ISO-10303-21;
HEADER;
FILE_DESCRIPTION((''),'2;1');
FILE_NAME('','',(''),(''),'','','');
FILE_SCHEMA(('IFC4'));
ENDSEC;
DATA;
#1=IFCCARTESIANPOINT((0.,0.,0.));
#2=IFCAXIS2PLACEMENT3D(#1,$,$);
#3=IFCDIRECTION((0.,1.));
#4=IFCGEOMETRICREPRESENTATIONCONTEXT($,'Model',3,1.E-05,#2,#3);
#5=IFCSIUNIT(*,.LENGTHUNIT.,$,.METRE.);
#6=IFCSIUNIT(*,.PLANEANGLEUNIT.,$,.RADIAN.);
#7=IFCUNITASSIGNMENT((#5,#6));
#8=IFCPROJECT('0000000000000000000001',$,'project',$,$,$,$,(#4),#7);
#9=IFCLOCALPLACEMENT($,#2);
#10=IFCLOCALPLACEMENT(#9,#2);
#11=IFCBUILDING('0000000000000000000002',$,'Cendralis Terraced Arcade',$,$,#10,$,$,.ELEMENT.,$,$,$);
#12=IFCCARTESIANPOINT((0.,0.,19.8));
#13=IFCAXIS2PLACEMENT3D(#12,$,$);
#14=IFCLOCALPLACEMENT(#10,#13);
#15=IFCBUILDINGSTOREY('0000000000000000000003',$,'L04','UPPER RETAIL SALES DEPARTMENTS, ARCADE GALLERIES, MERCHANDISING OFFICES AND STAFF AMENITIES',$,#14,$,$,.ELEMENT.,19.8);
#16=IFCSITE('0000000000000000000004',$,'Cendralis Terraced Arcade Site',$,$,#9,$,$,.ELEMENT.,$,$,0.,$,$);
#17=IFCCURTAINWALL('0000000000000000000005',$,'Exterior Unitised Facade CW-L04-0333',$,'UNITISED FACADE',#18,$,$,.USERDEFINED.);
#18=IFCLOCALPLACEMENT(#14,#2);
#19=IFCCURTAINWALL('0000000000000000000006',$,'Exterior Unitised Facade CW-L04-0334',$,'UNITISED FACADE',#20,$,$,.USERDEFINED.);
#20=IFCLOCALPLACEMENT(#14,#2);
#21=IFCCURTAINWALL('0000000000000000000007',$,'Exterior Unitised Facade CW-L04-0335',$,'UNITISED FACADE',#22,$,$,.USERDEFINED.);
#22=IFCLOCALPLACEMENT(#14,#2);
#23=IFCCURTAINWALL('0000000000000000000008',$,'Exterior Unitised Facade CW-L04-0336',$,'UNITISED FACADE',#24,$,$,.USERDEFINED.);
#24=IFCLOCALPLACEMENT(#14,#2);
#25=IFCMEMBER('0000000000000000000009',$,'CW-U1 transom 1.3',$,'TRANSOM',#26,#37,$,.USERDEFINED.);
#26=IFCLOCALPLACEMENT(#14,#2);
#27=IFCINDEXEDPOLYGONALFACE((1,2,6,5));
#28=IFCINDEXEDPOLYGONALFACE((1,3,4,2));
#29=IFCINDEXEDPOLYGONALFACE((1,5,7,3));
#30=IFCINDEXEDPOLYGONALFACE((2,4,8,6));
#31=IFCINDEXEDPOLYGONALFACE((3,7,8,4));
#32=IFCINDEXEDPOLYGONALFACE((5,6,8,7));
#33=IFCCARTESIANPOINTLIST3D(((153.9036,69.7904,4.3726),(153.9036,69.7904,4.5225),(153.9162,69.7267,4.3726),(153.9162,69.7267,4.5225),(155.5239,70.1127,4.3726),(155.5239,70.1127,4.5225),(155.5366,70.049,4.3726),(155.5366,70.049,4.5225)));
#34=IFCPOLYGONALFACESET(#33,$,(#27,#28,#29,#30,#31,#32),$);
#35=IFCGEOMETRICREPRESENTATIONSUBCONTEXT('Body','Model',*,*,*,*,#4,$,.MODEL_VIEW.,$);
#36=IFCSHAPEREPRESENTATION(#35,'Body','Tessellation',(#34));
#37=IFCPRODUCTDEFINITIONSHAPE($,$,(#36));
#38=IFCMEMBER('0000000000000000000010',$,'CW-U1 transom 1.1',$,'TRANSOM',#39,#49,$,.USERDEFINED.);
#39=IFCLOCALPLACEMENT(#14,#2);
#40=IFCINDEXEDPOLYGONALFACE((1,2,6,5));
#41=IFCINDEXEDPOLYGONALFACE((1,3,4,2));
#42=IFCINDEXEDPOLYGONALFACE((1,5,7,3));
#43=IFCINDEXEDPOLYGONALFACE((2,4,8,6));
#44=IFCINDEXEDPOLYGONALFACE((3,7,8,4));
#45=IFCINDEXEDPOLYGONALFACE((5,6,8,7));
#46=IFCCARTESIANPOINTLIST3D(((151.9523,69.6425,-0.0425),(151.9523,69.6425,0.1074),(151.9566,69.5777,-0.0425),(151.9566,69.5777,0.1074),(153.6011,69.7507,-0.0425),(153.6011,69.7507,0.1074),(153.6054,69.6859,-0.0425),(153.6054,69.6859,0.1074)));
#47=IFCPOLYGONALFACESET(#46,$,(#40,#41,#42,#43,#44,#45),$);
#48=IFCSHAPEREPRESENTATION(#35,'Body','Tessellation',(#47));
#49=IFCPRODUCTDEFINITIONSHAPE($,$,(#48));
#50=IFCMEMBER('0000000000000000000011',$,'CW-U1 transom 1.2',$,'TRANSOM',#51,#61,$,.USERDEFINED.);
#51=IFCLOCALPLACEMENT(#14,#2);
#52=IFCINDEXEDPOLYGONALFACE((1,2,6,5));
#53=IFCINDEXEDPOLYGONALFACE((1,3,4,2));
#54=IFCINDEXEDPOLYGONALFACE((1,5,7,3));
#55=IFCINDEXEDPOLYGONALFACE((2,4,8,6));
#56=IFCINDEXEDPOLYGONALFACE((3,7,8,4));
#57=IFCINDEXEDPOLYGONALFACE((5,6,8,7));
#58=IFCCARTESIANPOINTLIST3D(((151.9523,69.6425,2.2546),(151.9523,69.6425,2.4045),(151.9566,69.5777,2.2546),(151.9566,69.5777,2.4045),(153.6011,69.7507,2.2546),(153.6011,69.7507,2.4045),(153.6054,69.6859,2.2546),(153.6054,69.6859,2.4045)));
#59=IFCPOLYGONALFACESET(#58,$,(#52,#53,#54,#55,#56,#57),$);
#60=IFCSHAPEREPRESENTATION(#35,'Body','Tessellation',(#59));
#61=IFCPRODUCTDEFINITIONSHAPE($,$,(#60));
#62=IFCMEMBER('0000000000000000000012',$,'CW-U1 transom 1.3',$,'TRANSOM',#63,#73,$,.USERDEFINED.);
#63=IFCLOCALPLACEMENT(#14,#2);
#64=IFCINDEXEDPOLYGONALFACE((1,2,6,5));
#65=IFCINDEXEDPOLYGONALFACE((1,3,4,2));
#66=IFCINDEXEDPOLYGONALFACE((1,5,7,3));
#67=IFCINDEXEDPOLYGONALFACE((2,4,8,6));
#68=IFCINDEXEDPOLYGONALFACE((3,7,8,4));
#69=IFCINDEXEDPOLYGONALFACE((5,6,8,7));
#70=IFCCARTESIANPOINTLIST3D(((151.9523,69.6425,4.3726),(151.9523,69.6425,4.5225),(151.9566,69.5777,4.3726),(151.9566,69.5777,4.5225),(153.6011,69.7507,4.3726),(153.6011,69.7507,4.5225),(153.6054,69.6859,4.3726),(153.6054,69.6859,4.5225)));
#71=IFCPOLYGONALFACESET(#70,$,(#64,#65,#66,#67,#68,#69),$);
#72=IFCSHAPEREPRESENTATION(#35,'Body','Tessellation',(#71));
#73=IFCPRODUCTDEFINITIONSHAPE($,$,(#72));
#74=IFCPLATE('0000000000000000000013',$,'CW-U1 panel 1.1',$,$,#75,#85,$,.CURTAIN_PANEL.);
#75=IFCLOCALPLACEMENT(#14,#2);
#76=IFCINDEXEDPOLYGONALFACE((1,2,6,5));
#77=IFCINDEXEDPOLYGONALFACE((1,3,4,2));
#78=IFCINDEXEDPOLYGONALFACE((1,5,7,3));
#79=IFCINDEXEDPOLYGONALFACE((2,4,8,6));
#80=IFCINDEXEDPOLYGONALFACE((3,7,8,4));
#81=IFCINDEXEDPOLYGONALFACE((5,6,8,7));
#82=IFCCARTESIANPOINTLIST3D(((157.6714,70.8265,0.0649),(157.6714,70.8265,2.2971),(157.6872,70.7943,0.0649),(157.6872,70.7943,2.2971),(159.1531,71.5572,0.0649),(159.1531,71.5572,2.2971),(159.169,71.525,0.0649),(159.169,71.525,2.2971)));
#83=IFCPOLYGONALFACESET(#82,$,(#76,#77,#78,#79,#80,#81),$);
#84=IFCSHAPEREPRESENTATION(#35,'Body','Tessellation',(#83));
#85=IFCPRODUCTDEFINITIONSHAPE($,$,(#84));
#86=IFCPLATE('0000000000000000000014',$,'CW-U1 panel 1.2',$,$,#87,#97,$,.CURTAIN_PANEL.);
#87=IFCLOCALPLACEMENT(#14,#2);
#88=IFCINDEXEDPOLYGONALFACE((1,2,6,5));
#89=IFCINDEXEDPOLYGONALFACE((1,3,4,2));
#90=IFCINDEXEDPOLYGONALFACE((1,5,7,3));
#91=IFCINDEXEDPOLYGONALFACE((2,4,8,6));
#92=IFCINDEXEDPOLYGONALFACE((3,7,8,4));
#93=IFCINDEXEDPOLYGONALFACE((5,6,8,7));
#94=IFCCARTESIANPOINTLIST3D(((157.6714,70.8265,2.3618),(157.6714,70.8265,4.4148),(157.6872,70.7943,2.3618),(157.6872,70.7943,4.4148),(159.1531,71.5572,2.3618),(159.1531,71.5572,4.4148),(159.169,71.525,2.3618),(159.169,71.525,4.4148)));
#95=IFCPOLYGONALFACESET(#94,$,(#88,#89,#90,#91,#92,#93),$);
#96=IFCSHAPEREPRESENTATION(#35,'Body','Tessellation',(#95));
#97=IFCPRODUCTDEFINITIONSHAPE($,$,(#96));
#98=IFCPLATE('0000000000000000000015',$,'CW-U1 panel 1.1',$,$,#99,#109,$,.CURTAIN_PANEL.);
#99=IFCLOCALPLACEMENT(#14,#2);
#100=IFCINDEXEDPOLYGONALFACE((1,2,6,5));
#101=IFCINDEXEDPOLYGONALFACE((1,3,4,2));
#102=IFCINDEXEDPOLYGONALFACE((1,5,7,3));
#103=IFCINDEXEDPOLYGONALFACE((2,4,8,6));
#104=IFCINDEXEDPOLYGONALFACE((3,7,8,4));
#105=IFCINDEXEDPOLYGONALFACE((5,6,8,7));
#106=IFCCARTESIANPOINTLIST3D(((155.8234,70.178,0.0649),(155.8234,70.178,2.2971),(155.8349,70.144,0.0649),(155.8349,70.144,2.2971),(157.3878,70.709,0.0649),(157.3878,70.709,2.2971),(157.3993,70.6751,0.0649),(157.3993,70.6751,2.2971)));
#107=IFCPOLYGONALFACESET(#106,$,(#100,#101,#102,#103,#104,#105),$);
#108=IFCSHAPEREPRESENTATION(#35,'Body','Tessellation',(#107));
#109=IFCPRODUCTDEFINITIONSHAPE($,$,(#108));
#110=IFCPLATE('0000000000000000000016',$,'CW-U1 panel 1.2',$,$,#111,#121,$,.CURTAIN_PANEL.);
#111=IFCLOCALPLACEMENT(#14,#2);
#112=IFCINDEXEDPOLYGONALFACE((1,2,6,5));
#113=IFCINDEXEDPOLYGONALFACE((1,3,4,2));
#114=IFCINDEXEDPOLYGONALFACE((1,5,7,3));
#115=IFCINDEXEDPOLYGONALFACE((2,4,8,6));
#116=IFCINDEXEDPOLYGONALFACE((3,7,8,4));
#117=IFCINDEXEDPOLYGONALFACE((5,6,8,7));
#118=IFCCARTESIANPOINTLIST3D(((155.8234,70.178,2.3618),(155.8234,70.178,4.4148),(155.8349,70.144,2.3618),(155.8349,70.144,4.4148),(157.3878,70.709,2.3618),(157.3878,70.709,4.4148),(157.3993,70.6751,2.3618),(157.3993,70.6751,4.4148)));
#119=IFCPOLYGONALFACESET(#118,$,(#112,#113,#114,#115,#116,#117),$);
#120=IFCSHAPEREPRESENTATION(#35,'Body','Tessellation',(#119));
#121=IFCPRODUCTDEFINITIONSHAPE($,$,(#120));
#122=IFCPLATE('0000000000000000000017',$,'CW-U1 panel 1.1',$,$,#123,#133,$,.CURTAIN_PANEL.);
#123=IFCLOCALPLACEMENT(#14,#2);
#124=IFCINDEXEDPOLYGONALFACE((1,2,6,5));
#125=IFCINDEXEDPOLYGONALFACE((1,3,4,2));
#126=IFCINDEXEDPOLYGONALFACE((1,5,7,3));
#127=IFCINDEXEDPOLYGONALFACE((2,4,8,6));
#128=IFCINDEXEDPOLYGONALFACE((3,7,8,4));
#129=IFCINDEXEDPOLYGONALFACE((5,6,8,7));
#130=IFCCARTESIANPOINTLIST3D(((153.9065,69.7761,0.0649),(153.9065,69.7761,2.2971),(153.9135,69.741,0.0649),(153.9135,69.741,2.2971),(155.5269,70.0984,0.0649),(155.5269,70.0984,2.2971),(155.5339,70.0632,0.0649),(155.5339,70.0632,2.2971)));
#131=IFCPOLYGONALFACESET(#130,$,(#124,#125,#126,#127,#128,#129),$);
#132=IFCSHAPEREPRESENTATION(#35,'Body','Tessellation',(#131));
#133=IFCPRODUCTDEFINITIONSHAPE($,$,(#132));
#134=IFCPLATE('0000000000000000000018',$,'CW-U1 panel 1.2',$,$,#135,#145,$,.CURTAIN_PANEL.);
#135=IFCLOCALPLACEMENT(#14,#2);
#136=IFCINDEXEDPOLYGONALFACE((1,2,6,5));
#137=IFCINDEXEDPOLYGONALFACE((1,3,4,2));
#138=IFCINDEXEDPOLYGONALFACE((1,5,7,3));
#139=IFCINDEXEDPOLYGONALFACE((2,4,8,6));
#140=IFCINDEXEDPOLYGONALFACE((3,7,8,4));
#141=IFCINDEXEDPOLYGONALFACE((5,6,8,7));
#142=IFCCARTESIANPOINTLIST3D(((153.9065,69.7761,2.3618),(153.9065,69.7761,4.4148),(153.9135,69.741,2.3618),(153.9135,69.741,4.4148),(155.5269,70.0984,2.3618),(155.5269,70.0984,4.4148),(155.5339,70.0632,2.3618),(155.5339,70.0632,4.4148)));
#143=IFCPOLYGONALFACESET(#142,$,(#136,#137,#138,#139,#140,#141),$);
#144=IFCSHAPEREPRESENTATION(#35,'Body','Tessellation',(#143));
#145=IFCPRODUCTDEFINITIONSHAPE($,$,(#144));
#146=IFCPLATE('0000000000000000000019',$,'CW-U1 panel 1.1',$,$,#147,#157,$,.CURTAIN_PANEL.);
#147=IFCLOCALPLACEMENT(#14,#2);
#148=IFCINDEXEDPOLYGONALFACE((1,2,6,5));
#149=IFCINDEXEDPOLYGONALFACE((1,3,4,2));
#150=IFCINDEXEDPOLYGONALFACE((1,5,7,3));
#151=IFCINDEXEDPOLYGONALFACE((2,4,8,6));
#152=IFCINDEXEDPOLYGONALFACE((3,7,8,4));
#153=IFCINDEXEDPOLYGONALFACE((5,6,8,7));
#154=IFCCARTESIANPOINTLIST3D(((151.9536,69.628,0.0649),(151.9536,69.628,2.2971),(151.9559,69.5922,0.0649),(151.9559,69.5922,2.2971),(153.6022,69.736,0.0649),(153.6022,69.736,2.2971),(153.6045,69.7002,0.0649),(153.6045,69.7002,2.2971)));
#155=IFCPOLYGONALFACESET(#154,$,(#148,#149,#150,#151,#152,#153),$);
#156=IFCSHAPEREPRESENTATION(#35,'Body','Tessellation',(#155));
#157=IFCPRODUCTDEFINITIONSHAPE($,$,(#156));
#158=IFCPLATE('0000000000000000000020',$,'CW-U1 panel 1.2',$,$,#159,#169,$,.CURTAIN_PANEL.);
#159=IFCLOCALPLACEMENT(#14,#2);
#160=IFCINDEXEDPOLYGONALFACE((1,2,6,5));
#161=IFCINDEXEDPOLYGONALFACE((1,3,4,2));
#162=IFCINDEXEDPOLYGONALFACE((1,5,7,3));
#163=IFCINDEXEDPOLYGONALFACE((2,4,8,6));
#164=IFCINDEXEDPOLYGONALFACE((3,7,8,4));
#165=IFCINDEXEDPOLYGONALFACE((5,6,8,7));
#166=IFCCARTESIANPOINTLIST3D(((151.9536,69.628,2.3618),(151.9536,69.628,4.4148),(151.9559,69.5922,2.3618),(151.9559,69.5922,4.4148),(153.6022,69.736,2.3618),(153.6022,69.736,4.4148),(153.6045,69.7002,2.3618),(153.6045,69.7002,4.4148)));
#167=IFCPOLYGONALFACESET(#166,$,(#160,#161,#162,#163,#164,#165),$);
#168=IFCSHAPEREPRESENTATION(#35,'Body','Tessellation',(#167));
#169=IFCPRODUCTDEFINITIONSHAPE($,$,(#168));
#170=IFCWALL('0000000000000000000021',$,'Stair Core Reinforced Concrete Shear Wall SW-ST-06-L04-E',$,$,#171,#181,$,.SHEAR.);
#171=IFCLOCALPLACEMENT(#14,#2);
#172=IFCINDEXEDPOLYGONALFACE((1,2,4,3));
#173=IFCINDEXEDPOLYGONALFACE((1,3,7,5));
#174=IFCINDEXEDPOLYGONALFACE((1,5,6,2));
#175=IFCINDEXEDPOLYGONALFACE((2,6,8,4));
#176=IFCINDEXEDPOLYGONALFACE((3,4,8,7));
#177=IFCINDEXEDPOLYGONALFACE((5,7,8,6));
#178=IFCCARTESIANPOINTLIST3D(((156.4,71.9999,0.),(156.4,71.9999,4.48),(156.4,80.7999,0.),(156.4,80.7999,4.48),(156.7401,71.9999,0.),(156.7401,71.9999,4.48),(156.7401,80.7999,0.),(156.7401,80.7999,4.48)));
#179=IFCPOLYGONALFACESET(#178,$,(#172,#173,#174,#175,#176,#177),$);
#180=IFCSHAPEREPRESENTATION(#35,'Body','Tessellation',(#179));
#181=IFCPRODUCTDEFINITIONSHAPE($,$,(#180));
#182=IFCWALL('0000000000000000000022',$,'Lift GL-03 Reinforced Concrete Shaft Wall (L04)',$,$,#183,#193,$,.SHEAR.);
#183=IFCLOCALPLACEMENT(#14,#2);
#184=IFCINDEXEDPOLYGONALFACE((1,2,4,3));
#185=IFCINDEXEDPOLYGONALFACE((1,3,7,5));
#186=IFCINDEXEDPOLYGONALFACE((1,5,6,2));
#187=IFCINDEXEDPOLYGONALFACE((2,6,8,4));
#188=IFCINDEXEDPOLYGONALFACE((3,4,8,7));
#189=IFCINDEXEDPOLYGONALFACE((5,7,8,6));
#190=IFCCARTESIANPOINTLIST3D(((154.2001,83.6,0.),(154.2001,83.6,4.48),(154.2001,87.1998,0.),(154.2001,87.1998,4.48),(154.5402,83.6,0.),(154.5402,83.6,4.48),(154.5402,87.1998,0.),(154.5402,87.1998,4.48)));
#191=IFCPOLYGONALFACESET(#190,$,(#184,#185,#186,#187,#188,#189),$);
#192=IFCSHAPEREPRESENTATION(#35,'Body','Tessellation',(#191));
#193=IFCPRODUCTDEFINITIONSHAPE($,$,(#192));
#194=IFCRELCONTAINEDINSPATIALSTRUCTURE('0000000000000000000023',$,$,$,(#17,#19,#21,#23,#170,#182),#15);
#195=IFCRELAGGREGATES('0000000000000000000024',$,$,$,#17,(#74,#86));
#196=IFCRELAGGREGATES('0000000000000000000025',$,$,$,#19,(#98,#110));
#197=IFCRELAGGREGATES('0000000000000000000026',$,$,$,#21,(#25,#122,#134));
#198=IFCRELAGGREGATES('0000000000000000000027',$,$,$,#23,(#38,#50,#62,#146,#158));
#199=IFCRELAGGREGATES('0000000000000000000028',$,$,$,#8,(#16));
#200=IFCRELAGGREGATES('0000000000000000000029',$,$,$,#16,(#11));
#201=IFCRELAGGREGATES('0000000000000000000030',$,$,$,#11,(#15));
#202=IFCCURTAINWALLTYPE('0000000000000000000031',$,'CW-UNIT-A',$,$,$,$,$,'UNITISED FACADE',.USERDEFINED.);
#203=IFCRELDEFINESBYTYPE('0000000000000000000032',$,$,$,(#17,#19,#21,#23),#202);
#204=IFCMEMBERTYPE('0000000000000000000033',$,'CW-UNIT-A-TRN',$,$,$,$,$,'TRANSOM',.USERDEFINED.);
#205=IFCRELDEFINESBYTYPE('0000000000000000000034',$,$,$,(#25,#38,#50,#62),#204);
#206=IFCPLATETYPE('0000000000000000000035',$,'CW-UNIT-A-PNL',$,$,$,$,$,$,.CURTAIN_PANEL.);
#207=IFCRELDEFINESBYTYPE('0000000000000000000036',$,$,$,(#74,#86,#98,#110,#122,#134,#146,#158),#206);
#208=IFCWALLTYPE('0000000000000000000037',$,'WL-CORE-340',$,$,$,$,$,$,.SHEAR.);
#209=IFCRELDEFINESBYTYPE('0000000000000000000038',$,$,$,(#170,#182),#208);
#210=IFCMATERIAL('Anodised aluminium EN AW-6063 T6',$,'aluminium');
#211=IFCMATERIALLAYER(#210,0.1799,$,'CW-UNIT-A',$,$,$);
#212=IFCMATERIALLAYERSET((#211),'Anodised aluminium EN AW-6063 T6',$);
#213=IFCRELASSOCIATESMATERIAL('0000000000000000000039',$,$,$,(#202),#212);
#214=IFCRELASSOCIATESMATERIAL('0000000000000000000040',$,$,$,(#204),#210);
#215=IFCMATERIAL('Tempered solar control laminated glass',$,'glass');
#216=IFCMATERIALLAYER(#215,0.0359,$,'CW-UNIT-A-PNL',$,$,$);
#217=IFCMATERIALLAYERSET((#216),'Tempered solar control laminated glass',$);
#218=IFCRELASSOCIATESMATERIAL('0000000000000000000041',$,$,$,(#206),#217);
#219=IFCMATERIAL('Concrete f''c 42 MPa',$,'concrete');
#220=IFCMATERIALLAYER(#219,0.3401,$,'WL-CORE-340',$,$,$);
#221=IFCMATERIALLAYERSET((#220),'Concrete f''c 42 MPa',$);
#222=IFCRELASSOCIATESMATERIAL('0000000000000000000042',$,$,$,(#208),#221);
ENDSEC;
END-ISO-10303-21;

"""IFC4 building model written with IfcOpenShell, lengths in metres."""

from ifc_helpers import new_model, si_unit, direction, frame, frame_2d, origin, origin_2d, place, context, subcontext, project, spatial, rectangle, extrude, material, layer, layer_set, material_profile, profile_set, type_object, element, aggregate, save


model = new_model("IFC4")

# Units and contexts
model_context = context("Model", 3, precision=1e-05, world=origin(), true_north=direction((0.0, 1.0)))
body_context = subcontext(model_context, "Body", "Model", "MODEL_VIEW")
ifc_project = project(units=[si_unit("LENGTHUNIT", "METRE"), si_unit("PLANEANGLEUNIT", "RADIAN")], contexts=[model_context])

# Site, building, storey
site_placement = place(None, origin())
site = spatial("IfcSite", under=ifc_project, at=site_placement, Name="Cendralis Terraced Arcade Site", CompositionType="ELEMENT", RefElevation=0.0)
building_placement = place(site_placement, origin())
building = spatial("IfcBuilding", under=site, at=building_placement, Name="Cendralis Terraced Arcade", CompositionType="ELEMENT")
storey_placement = place(building_placement, frame((0.0, 0.0, 19.8)))
storey = spatial("IfcBuildingStorey", under=building, at=storey_placement, Name="L04", Description="UPPER RETAIL SALES DEPARTMENTS, ARCADE GALLERIES, MERCHANDISING OFFICES AND STAFF AMENITIES", CompositionType="ELEMENT", Elevation=19.8)

# Shared definitions
ifc_material_1 = material(Name="Concrete f'c 42 MPa", Category="concrete")

# Curtain wall
ifc_material_2 = material(Name="Anodised aluminium EN AW-6063 T6", Category="aluminium")
ifc_layer_1 = layer(ifc_material_2, 0.1799, Name="CW-UNIT-A")
ifc_layer_set_1 = layer_set([ifc_layer_1], Name="Anodised aluminium EN AW-6063 T6")
curtain_wall_type = type_object("IfcCurtainWallType", Name="CW-UNIT-A", ElementType="UNITISED FACADE", PredefinedType="USERDEFINED", material=ifc_layer_set_1)
curtain_wall_1_placement = place(storey_placement, origin())
curtain_wall_1 = element("IfcCurtainWall", 1, at=curtain_wall_1_placement, inside=storey, type_object=curtain_wall_type, Name="Exterior Unitised Facade CW-L04-0333", ObjectType="UNITISED FACADE", PredefinedType="USERDEFINED")

# Curtain walls
curtain_wall_2_placement = place(storey_placement, origin())
curtain_wall_2 = element("IfcCurtainWall", 2, at=curtain_wall_2_placement, inside=storey, type_object=curtain_wall_type, Name="Exterior Unitised Facade CW-L04-0334", ObjectType="UNITISED FACADE", PredefinedType="USERDEFINED")
curtain_wall_3_placement = place(storey_placement, origin())
curtain_wall_3 = element("IfcCurtainWall", 3, at=curtain_wall_3_placement, inside=storey, type_object=curtain_wall_type, Name="Exterior Unitised Facade CW-L04-0335", ObjectType="UNITISED FACADE", PredefinedType="USERDEFINED")

# Curtain wall
curtain_wall_4_placement = place(storey_placement, origin())
curtain_wall_4 = element("IfcCurtainWall", 4, at=curtain_wall_4_placement, inside=storey, type_object=curtain_wall_type, Name="Exterior Unitised Facade CW-L04-0336", ObjectType="UNITISED FACADE", PredefinedType="USERDEFINED")

# Members
ifc_material_profile_1 = material_profile(ifc_material_2, rectangle(XDim=0.0649, YDim=0.1499, at=origin_2d()), Name="ALU-TRN-65x150")
ifc_profile_set_1 = profile_set([ifc_material_profile_1], Name="Anodised aluminium EN AW-6063 T6")
member_type_1 = type_object("IfcMemberType", Name="CW-UNIT-A-TRN", ElementType="TRANSOM", PredefinedType="USERDEFINED", material=ifc_profile_set_1)
member_1_placement = place(storey_placement, frame((155.5303, 70.0808, 4.4475), z_axis=(-0.98079, -0.195065, 0.0), x_axis=(0.195065, -0.98079, 0.0)))
member_1 = element("IfcMember", 5, at=member_1_placement, type_object=member_type_1, Name="CW-U1 transom 1.3", ObjectType="TRANSOM", PredefinedType="USERDEFINED", context=body_context, shape_type="SweptSolid", body=[
    extrude(rectangle(XDim=0.0649, YDim=0.1499, at=origin_2d()), origin(), (0.0, 0.0, 1.0), 1.6521),
])
member_2_placement = place(storey_placement, frame((153.6033, 69.7183, 0.0325), z_axis=(-0.997855, -0.06546, 0.0), x_axis=(0.06546, -0.997855, 0.0)))
member_2 = element("IfcMember", 6, at=member_2_placement, type_object=member_type_1, Name="CW-U1 transom 1.1", ObjectType="TRANSOM", PredefinedType="USERDEFINED", context=body_context, shape_type="SweptSolid", body=[
    extrude(rectangle(XDim=0.0649, YDim=0.1499, at=origin_2d()), origin(), (0.0, 0.0, 1.0), 1.6523),
])
member_3_placement = place(storey_placement, frame((153.6033, 69.7183, 2.3296), z_axis=(-0.997855, -0.06546, 0.0), x_axis=(0.06546, -0.997855, 0.0)))
member_3 = element("IfcMember", 7, at=member_3_placement, type_object=member_type_1, Name="CW-U1 transom 1.2", ObjectType="TRANSOM", PredefinedType="USERDEFINED", context=body_context, shape_type="SweptSolid", body=[
    extrude(rectangle(XDim=0.0649, YDim=0.1499, at=origin_2d()), origin(), (0.0, 0.0, 1.0), 1.6523),
])
member_4_placement = place(storey_placement, frame((153.6033, 69.7183, 4.4475), z_axis=(-0.997855, -0.06546, 0.0), x_axis=(0.06546, -0.997855, 0.0)))
member_4 = element("IfcMember", 8, at=member_4_placement, type_object=member_type_1, Name="CW-U1 transom 1.3", ObjectType="TRANSOM", PredefinedType="USERDEFINED", context=body_context, shape_type="SweptSolid", body=[
    extrude(rectangle(XDim=0.0649, YDim=0.1499, at=origin_2d()), origin(), (0.0, 0.0, 1.0), 1.6523),
])

# Plates
ifc_material_3 = material(Name="Tempered solar control laminated glass", Category="glass")
ifc_layer_2 = layer(ifc_material_3, 0.0359, Name="CW-UNIT-A-PNL")
ifc_layer_set_2 = layer_set([ifc_layer_2], Name="Tempered solar control laminated glass")
plate_type = type_object("IfcPlateType", Name="CW-UNIT-A-PNL", PredefinedType="CURTAIN_PANEL", material=ifc_layer_set_2)
plate_1_placement = place(storey_placement, frame((158.4202, 71.1758, 0.0649), z_axis=(0.0, 0.0, 1.0), x_axis=(-0.896871, -0.442291, 0.0)))
plate_1 = element("IfcPlate", 9, at=plate_1_placement, type_object=plate_type, Name="CW-U1 panel 1.1", PredefinedType="CURTAIN_PANEL", context=body_context, shape_type="SweptSolid", body=[
    extrude(rectangle(XDim=1.6521, YDim=0.0359, at=origin_2d()), origin(), (0.0, 0.0, 1.0), 2.2322),
])
plate_2_placement = place(storey_placement, frame((158.4202, 71.1758, 2.3618), z_axis=(0.0, 0.0, 1.0), x_axis=(-0.896871, -0.442291, 0.0)))
plate_2 = element("IfcPlate", 10, at=plate_2_placement, type_object=plate_type, Name="CW-U1 panel 1.2", PredefinedType="CURTAIN_PANEL", context=body_context, shape_type="SweptSolid", body=[
    extrude(rectangle(XDim=1.6521, YDim=0.0359, at=origin_2d()), origin(), (0.0, 0.0, 1.0), 2.053),
])
aggregate(curtain_wall_1, [plate_1, plate_2])
plate_3_placement = place(storey_placement, frame((156.6113, 70.4265, 0.0649), z_axis=(0.0, 0.0, 1.0), x_axis=(-0.946924, -0.321458, 0.0)))
plate_3 = element("IfcPlate", 11, at=plate_3_placement, type_object=plate_type, Name="CW-U1 panel 1.1", PredefinedType="CURTAIN_PANEL", context=body_context, shape_type="SweptSolid", body=[
    extrude(rectangle(XDim=1.6521, YDim=0.0359, at=origin_2d()), origin(), (0.0, 0.0, 1.0), 2.2322),
])
plate_4_placement = place(storey_placement, frame((156.6113, 70.4265, 2.3618), z_axis=(0.0, 0.0, 1.0), x_axis=(-0.946924, -0.321458, 0.0)))
plate_4 = element("IfcPlate", 12, at=plate_4_placement, type_object=plate_type, Name="CW-U1 panel 1.2", PredefinedType="CURTAIN_PANEL", context=body_context, shape_type="SweptSolid", body=[
    extrude(rectangle(XDim=1.6521, YDim=0.0359, at=origin_2d()), origin(), (0.0, 0.0, 1.0), 2.053),
])
aggregate(curtain_wall_2, [plate_3, plate_4])
plate_5_placement = place(storey_placement, frame((154.7202, 69.9197, 0.0649), z_axis=(0.0, 0.0, 1.0), x_axis=(-0.980792, -0.195058, 0.0)))
plate_5 = element("IfcPlate", 13, at=plate_5_placement, type_object=plate_type, Name="CW-U1 panel 1.1", PredefinedType="CURTAIN_PANEL", context=body_context, shape_type="SweptSolid", body=[
    extrude(rectangle(XDim=1.6521, YDim=0.0359, at=origin_2d()), origin(), (0.0, 0.0, 1.0), 2.2322),
])
plate_6_placement = place(storey_placement, frame((154.7202, 69.9197, 2.3618), z_axis=(0.0, 0.0, 1.0), x_axis=(-0.980792, -0.195058, 0.0)))
plate_6 = element("IfcPlate", 14, at=plate_6_placement, type_object=plate_type, Name="CW-U1 panel 1.2", PredefinedType="CURTAIN_PANEL", context=body_context, shape_type="SweptSolid", body=[
    extrude(rectangle(XDim=1.6521, YDim=0.0359, at=origin_2d()), origin(), (0.0, 0.0, 1.0), 2.053),
])
aggregate(curtain_wall_3, [member_1, plate_5, plate_6])
plate_7_placement = place(storey_placement, frame((152.7791, 69.6641, 0.0649), z_axis=(0.0, 0.0, 1.0), x_axis=(-0.997861, -0.065372, 0.0)))
plate_7 = element("IfcPlate", 15, at=plate_7_placement, type_object=plate_type, Name="CW-U1 panel 1.1", PredefinedType="CURTAIN_PANEL", context=body_context, shape_type="SweptSolid", body=[
    extrude(rectangle(XDim=1.6521, YDim=0.0359, at=origin_2d()), origin(), (0.0, 0.0, 1.0), 2.2322),
])
plate_8_placement = place(storey_placement, frame((152.7791, 69.6641, 2.3618), z_axis=(0.0, 0.0, 1.0), x_axis=(-0.997861, -0.065372, 0.0)))
plate_8 = element("IfcPlate", 16, at=plate_8_placement, type_object=plate_type, Name="CW-U1 panel 1.2", PredefinedType="CURTAIN_PANEL", context=body_context, shape_type="SweptSolid", body=[
    extrude(rectangle(XDim=1.6521, YDim=0.0359, at=origin_2d()), origin(), (0.0, 0.0, 1.0), 2.053),
])
aggregate(curtain_wall_4, [member_2, member_3, member_4, plate_7, plate_8])

# Walls
ifc_layer_3 = layer(ifc_material_1, 0.3401, Name="WL-CORE-340")
ifc_layer_set_3 = layer_set([ifc_layer_3], Name="Concrete f'c 42 MPa")
wall_type_1 = type_object("IfcWallType", Name="WL-CORE-340", PredefinedType="SHEAR", material=ifc_layer_set_3)
wall_1_placement = place(storey_placement, frame((156.5701, 72.0, 0.0), z_axis=(0.0, 0.0, 1.0), x_axis=(0.0, 1.0, 0.0)))
element("IfcWall", 17, at=wall_1_placement, inside=storey, type_object=wall_type_1, Name="Stair Core Reinforced Concrete Shear Wall SW-ST-06-L04-E", PredefinedType="SHEAR", context=body_context, shape_type="SweptSolid", body=[
    extrude(rectangle(XDim=8.8, YDim=0.3401, at=frame_2d((4.3999, 0.0))), origin(), (0.0, 0.0, 1.0), 4.48),
])
wall_2_placement = place(storey_placement, frame((154.3701, 83.6001, 0.0), z_axis=(0.0, 0.0, 1.0), x_axis=(0.0, 1.0, 0.0)))
element("IfcWall", 18, at=wall_2_placement, inside=storey, type_object=wall_type_1, Name="Lift GL-03 Reinforced Concrete Shaft Wall (L04)", PredefinedType="SHEAR", context=body_context, shape_type="SweptSolid", body=[
    extrude(rectangle(XDim=3.5999, YDim=0.3401, at=frame_2d((1.7998, 0.0))), origin(), (0.0, 0.0, 1.0), 4.48),
])

save(model, "model.ifc")
